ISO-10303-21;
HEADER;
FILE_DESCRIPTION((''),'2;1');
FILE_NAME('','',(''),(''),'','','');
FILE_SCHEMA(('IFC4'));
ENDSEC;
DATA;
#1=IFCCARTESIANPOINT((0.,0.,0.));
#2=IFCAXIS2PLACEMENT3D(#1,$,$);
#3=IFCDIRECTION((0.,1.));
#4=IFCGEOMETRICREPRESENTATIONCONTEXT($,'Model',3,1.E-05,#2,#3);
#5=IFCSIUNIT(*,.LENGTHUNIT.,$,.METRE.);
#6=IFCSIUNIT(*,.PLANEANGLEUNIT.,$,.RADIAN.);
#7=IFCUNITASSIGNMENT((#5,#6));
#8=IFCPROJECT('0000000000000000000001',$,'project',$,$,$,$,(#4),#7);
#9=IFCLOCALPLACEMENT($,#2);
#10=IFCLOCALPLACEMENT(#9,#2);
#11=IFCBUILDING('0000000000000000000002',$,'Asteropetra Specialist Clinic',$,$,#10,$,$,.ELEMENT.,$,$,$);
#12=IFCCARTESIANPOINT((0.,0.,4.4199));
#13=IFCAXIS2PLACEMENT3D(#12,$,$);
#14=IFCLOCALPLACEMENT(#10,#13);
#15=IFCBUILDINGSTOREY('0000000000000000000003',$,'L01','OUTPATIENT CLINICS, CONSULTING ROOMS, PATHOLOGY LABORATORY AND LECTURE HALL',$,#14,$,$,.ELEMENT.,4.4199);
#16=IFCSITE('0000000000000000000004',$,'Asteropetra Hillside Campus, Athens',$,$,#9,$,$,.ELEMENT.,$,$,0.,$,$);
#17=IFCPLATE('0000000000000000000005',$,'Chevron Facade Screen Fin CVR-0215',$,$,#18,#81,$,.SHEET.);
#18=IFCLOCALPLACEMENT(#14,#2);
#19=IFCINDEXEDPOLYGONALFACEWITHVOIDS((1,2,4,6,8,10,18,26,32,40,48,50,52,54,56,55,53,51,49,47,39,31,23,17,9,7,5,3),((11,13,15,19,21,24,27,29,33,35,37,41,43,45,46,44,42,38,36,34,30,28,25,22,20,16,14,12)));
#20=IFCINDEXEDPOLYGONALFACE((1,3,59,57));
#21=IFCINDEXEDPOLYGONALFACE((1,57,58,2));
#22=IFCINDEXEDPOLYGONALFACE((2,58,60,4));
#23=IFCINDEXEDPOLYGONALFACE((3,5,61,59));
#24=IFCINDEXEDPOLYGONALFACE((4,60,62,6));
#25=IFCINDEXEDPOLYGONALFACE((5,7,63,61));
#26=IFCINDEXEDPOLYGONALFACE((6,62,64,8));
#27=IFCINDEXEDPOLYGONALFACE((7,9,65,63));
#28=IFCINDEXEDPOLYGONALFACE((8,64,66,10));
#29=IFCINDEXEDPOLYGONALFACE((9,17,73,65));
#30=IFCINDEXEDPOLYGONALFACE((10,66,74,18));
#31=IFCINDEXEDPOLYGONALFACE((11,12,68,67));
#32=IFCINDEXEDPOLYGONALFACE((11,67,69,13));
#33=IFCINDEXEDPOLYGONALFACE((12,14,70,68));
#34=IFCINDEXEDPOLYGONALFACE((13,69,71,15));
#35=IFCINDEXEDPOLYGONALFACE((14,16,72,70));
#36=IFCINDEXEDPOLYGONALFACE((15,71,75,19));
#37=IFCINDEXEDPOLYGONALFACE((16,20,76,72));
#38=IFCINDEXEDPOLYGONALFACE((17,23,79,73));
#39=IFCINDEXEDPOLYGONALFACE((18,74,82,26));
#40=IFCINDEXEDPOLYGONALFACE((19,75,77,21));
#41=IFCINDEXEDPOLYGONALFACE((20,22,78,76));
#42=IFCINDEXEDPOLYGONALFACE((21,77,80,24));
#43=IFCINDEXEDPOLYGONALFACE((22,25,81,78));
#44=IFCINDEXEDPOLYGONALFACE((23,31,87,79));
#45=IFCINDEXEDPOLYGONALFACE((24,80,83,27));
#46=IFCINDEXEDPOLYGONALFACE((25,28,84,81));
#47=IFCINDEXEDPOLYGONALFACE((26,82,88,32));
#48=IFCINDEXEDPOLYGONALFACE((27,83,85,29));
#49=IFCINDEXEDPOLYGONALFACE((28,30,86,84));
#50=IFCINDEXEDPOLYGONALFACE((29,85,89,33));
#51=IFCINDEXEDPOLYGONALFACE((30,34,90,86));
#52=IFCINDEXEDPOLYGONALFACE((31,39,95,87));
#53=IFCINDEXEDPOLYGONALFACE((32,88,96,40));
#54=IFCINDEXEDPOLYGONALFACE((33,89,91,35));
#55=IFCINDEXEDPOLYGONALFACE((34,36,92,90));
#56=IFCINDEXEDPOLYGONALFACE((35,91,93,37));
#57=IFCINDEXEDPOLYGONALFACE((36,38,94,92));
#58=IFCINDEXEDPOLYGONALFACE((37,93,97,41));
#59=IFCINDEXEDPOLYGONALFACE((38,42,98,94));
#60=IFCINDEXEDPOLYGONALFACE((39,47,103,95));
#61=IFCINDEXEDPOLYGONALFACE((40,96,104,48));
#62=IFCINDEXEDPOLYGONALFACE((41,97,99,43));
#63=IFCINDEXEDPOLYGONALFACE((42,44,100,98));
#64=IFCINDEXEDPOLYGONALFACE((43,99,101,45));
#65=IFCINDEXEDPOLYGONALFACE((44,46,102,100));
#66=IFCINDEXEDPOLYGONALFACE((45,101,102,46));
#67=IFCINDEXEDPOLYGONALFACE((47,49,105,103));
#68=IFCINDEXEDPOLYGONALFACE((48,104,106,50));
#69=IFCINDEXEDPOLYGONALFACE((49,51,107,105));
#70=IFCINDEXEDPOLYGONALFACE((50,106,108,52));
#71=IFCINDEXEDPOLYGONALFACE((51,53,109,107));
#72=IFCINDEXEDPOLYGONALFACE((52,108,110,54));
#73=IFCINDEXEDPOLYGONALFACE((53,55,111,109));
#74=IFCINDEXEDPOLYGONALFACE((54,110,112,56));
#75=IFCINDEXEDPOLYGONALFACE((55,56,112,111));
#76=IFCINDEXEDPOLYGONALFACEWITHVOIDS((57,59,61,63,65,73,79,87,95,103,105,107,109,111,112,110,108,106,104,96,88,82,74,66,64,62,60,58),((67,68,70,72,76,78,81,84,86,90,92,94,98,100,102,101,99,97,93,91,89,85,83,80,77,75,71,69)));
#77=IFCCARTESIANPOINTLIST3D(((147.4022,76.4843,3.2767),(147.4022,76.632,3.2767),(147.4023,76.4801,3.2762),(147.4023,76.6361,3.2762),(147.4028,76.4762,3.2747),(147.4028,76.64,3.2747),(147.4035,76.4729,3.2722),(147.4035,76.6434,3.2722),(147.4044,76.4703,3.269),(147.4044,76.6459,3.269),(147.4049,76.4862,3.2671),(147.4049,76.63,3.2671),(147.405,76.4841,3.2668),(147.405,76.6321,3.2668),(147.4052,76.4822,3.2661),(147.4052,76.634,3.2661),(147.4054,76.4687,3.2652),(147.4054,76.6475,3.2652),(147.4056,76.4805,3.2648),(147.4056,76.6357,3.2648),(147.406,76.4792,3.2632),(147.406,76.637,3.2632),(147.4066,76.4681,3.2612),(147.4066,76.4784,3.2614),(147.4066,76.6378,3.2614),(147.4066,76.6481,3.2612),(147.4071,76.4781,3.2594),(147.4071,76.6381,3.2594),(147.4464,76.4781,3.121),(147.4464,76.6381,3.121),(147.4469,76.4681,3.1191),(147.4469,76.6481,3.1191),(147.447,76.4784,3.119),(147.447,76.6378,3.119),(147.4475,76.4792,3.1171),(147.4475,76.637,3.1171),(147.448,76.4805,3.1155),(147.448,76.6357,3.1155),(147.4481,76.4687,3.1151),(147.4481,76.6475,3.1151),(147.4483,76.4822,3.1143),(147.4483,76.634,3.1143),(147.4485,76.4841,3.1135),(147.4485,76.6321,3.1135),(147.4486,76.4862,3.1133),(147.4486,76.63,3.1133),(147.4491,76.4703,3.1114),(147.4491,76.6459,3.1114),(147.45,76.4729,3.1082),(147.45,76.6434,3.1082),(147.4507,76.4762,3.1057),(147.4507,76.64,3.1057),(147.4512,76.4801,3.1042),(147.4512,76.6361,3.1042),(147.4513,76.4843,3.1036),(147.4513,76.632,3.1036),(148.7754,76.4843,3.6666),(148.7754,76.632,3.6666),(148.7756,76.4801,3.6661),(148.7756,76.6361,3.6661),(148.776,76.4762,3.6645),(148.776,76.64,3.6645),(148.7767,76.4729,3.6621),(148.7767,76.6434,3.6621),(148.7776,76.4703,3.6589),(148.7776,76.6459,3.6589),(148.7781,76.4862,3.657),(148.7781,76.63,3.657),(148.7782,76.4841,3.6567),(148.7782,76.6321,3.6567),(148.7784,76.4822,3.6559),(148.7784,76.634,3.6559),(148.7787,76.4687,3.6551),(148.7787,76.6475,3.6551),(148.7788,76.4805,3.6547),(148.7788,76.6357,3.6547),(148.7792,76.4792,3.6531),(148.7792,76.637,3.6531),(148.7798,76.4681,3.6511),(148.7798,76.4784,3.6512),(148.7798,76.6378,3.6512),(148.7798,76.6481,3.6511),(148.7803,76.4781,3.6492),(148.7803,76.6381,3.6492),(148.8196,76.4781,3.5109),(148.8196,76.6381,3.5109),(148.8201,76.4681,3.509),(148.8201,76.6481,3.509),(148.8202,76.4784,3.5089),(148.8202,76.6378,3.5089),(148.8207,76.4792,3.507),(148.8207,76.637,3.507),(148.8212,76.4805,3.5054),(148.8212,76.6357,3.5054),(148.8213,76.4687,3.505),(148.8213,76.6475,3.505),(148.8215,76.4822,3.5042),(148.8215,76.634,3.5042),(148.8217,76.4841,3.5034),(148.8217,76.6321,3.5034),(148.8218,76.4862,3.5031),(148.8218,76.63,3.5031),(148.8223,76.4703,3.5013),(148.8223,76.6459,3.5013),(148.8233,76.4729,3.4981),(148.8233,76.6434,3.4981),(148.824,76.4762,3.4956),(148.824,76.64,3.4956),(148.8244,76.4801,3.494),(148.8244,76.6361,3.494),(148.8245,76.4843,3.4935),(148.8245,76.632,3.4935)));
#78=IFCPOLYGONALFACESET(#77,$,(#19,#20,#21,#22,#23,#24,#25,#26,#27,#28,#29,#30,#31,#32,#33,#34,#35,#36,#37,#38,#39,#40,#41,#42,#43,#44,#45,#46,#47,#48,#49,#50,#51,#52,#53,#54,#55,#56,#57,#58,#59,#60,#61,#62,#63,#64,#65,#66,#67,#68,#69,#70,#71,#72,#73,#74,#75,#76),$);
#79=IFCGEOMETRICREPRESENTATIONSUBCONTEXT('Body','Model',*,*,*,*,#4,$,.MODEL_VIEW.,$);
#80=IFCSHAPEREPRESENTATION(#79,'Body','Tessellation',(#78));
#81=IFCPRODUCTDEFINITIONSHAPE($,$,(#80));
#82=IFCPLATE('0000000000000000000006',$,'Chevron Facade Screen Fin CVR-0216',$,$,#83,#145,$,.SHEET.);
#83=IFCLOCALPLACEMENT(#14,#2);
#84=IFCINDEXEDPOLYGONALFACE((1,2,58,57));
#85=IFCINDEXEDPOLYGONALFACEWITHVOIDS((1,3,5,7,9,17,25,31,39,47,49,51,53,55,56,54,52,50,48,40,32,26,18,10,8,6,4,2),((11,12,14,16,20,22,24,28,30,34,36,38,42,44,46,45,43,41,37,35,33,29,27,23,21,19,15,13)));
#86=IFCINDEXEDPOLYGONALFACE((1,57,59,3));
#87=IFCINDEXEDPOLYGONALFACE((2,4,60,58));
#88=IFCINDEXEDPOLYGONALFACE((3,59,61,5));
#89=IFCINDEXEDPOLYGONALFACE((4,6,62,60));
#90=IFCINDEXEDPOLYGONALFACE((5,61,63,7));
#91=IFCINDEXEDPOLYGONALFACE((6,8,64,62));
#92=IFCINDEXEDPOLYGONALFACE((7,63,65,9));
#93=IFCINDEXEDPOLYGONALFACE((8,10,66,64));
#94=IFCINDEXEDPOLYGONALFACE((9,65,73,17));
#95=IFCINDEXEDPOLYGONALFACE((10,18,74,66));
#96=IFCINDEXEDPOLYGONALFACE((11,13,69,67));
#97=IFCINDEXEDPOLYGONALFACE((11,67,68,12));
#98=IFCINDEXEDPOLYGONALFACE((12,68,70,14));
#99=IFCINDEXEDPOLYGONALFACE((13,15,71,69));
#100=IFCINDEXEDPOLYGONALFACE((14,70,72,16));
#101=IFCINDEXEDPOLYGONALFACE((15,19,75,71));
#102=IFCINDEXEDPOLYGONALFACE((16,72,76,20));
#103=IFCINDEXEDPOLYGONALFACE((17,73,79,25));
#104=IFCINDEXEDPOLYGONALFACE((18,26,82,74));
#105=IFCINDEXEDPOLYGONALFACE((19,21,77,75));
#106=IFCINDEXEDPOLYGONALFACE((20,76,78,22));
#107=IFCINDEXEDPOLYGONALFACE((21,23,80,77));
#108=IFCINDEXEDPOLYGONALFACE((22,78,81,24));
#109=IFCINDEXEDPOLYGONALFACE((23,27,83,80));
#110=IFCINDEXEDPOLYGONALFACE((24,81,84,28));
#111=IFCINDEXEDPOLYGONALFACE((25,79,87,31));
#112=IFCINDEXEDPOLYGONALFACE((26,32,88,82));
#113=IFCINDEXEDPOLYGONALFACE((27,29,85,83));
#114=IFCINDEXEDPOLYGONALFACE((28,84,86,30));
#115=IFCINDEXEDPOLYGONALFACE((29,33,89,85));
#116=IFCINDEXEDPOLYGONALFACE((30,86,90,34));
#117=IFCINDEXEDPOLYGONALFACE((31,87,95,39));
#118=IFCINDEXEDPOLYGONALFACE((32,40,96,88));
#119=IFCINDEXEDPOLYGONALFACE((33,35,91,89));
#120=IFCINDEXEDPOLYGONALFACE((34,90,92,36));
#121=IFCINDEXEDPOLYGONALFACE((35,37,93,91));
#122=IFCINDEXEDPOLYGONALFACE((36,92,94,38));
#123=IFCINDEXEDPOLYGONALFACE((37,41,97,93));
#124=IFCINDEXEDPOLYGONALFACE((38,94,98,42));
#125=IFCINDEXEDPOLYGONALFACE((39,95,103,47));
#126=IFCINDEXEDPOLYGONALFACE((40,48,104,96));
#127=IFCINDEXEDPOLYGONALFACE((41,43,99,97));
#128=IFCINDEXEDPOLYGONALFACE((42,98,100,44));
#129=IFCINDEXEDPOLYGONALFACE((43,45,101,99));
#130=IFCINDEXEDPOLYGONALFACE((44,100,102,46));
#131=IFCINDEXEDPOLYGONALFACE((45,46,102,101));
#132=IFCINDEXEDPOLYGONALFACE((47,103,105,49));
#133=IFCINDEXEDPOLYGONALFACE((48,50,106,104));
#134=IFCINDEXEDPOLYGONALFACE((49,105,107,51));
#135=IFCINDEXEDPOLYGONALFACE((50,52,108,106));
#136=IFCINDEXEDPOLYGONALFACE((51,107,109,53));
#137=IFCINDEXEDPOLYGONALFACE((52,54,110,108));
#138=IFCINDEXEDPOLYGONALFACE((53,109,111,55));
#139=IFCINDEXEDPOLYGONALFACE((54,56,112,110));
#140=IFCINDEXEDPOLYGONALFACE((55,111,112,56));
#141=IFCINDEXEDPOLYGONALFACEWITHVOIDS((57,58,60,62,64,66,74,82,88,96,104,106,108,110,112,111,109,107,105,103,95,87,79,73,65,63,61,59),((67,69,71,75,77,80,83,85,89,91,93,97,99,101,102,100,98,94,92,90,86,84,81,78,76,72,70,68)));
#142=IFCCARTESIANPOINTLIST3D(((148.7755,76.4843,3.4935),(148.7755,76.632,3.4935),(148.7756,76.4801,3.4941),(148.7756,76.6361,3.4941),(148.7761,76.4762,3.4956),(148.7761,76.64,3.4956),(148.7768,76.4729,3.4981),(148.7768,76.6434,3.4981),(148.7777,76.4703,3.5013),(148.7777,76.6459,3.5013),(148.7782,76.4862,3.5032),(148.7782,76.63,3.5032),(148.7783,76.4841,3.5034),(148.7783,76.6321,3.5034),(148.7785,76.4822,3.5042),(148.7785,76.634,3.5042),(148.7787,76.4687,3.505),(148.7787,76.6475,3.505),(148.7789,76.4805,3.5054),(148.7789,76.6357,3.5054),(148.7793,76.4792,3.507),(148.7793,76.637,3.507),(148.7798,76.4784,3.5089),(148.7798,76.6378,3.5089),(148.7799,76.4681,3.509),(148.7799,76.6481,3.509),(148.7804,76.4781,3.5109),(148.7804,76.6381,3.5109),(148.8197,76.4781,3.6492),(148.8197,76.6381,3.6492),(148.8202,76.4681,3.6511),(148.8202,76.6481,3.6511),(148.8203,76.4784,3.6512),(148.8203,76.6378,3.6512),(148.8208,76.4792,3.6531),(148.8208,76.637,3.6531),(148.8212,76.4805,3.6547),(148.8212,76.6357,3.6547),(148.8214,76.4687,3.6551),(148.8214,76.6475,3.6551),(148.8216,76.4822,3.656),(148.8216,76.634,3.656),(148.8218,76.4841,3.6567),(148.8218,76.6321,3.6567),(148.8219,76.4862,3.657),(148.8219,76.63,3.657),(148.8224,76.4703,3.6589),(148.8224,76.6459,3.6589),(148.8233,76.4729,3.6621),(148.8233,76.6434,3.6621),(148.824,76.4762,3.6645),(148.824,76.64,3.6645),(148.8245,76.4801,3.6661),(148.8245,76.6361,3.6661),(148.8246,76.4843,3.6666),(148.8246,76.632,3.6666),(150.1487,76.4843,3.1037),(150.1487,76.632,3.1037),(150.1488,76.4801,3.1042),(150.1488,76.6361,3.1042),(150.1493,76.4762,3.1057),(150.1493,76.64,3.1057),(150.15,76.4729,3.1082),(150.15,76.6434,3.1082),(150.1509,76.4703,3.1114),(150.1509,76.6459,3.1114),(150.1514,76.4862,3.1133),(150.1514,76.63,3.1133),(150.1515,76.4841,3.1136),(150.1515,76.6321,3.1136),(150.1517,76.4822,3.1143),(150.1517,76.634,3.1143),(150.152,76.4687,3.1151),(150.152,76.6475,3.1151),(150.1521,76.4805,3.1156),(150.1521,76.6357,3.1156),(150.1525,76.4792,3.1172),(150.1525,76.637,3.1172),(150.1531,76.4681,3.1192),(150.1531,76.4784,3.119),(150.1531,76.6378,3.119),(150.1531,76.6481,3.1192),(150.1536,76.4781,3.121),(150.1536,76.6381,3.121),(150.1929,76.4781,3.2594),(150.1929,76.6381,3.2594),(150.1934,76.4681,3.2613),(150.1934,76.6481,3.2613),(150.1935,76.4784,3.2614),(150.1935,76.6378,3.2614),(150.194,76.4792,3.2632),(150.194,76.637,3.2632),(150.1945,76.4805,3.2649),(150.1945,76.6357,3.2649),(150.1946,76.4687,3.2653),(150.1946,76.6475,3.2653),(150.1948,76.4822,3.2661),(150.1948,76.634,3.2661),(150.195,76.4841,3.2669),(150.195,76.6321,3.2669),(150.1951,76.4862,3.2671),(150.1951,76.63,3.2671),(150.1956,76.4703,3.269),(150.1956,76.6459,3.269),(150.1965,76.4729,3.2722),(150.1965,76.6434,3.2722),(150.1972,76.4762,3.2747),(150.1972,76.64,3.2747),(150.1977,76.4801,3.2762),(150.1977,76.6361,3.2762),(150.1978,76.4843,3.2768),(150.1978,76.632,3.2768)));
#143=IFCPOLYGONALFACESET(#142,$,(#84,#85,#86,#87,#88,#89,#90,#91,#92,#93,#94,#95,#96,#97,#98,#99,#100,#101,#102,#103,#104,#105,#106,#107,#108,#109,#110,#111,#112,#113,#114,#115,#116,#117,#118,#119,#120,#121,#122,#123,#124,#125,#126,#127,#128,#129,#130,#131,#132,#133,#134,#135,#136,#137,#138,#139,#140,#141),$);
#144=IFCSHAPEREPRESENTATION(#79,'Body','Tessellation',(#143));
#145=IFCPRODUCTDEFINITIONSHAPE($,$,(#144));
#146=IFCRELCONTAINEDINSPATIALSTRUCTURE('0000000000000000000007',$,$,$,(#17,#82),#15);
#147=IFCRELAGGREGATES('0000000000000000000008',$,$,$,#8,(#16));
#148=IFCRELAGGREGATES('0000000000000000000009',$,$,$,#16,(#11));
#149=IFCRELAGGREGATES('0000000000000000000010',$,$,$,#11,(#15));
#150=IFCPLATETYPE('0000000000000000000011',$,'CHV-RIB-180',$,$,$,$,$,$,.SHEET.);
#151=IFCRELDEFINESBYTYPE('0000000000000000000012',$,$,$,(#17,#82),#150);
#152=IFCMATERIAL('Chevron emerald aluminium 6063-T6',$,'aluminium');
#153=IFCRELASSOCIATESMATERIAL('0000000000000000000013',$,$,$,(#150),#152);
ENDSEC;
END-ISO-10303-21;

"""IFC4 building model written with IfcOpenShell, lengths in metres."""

from ifc_helpers import new_model, si_unit, direction, frame, origin, origin_2d, place, context, subcontext, project, spatial, hollow_rectangle, extrude, material, material_profile, profile_set, type_object, element, save


model = new_model("IFC4")

# Units and contexts
model_context = context("Model", 3, precision=1e-05, world=origin(), true_north=direction((0.0, 1.0)))
body_context = subcontext(model_context, "Body", "Model", "MODEL_VIEW")
ifc_project = project(units=[si_unit("LENGTHUNIT", "METRE"), si_unit("PLANEANGLEUNIT", "RADIAN")], contexts=[model_context])

# Site, building, storey
site_placement = place(None, origin())
site = spatial("IfcSite", under=ifc_project, at=site_placement, Name="Asteropetra Hillside Campus, Athens", CompositionType="ELEMENT", RefElevation=0.0)
building_placement = place(site_placement, origin())
building = spatial("IfcBuilding", under=site, at=building_placement, Name="Asteropetra Specialist Clinic", CompositionType="ELEMENT")
storey_placement = place(building_placement, frame((0.0, 0.0, 4.4199)))
storey = spatial("IfcBuildingStorey", under=building, at=storey_placement, Name="L01", Description="OUTPATIENT CLINICS, CONSULTING ROOMS, PATHOLOGY LABORATORY AND LECTURE HALL", CompositionType="ELEMENT", Elevation=4.4199)

# Plates
ifc_material_1 = material(Name="Chevron emerald aluminium 6063-T6", Category="aluminium")
ifc_material_profile_1 = material_profile(ifc_material_1, hollow_rectangle(XDim=0.1799, YDim=0.1799, WallThickness=0.01, InnerFilletRadius=0.0081, OuterFilletRadius=0.0161, at=origin_2d()), Name="SHS 180x180x10.0")
ifc_profile_set_1 = profile_set([ifc_material_profile_1], Name="Chevron emerald aluminium 6063-T6")
plate_type = type_object("IfcPlateType", Name="CHV-RIB-180", PredefinedType="SHEET", material=ifc_profile_set_1)
for number, where, z_axis, x_axis, name in (
    (1, (147.4268, 76.5581, 3.1902), (0.961981, 0.0, 0.273117), (0.0, 1.0, 0.0), "Chevron Facade Screen Fin CVR-0215"),
    (2, (148.8, 76.5581, 3.5801), (0.961981, 0.0, -0.273117), (0.0, 1.0, 0.0), "Chevron Facade Screen Fin CVR-0216"),
):
    element("IfcPlate", number, at=place(storey_placement, frame(where, z_axis=z_axis, x_axis=x_axis)), inside=storey, type_object=plate_type, Name=name, PredefinedType="SHEET", context=body_context, shape_type="SweptSolid", body=[
        extrude(hollow_rectangle(XDim=0.1799, YDim=0.1799, WallThickness=0.01, InnerFilletRadius=0.0081, OuterFilletRadius=0.0161, at=origin_2d()), origin(), (0.0, 0.0, 1.0), 1.4275),
    ])

save(model, "model.ifc")
